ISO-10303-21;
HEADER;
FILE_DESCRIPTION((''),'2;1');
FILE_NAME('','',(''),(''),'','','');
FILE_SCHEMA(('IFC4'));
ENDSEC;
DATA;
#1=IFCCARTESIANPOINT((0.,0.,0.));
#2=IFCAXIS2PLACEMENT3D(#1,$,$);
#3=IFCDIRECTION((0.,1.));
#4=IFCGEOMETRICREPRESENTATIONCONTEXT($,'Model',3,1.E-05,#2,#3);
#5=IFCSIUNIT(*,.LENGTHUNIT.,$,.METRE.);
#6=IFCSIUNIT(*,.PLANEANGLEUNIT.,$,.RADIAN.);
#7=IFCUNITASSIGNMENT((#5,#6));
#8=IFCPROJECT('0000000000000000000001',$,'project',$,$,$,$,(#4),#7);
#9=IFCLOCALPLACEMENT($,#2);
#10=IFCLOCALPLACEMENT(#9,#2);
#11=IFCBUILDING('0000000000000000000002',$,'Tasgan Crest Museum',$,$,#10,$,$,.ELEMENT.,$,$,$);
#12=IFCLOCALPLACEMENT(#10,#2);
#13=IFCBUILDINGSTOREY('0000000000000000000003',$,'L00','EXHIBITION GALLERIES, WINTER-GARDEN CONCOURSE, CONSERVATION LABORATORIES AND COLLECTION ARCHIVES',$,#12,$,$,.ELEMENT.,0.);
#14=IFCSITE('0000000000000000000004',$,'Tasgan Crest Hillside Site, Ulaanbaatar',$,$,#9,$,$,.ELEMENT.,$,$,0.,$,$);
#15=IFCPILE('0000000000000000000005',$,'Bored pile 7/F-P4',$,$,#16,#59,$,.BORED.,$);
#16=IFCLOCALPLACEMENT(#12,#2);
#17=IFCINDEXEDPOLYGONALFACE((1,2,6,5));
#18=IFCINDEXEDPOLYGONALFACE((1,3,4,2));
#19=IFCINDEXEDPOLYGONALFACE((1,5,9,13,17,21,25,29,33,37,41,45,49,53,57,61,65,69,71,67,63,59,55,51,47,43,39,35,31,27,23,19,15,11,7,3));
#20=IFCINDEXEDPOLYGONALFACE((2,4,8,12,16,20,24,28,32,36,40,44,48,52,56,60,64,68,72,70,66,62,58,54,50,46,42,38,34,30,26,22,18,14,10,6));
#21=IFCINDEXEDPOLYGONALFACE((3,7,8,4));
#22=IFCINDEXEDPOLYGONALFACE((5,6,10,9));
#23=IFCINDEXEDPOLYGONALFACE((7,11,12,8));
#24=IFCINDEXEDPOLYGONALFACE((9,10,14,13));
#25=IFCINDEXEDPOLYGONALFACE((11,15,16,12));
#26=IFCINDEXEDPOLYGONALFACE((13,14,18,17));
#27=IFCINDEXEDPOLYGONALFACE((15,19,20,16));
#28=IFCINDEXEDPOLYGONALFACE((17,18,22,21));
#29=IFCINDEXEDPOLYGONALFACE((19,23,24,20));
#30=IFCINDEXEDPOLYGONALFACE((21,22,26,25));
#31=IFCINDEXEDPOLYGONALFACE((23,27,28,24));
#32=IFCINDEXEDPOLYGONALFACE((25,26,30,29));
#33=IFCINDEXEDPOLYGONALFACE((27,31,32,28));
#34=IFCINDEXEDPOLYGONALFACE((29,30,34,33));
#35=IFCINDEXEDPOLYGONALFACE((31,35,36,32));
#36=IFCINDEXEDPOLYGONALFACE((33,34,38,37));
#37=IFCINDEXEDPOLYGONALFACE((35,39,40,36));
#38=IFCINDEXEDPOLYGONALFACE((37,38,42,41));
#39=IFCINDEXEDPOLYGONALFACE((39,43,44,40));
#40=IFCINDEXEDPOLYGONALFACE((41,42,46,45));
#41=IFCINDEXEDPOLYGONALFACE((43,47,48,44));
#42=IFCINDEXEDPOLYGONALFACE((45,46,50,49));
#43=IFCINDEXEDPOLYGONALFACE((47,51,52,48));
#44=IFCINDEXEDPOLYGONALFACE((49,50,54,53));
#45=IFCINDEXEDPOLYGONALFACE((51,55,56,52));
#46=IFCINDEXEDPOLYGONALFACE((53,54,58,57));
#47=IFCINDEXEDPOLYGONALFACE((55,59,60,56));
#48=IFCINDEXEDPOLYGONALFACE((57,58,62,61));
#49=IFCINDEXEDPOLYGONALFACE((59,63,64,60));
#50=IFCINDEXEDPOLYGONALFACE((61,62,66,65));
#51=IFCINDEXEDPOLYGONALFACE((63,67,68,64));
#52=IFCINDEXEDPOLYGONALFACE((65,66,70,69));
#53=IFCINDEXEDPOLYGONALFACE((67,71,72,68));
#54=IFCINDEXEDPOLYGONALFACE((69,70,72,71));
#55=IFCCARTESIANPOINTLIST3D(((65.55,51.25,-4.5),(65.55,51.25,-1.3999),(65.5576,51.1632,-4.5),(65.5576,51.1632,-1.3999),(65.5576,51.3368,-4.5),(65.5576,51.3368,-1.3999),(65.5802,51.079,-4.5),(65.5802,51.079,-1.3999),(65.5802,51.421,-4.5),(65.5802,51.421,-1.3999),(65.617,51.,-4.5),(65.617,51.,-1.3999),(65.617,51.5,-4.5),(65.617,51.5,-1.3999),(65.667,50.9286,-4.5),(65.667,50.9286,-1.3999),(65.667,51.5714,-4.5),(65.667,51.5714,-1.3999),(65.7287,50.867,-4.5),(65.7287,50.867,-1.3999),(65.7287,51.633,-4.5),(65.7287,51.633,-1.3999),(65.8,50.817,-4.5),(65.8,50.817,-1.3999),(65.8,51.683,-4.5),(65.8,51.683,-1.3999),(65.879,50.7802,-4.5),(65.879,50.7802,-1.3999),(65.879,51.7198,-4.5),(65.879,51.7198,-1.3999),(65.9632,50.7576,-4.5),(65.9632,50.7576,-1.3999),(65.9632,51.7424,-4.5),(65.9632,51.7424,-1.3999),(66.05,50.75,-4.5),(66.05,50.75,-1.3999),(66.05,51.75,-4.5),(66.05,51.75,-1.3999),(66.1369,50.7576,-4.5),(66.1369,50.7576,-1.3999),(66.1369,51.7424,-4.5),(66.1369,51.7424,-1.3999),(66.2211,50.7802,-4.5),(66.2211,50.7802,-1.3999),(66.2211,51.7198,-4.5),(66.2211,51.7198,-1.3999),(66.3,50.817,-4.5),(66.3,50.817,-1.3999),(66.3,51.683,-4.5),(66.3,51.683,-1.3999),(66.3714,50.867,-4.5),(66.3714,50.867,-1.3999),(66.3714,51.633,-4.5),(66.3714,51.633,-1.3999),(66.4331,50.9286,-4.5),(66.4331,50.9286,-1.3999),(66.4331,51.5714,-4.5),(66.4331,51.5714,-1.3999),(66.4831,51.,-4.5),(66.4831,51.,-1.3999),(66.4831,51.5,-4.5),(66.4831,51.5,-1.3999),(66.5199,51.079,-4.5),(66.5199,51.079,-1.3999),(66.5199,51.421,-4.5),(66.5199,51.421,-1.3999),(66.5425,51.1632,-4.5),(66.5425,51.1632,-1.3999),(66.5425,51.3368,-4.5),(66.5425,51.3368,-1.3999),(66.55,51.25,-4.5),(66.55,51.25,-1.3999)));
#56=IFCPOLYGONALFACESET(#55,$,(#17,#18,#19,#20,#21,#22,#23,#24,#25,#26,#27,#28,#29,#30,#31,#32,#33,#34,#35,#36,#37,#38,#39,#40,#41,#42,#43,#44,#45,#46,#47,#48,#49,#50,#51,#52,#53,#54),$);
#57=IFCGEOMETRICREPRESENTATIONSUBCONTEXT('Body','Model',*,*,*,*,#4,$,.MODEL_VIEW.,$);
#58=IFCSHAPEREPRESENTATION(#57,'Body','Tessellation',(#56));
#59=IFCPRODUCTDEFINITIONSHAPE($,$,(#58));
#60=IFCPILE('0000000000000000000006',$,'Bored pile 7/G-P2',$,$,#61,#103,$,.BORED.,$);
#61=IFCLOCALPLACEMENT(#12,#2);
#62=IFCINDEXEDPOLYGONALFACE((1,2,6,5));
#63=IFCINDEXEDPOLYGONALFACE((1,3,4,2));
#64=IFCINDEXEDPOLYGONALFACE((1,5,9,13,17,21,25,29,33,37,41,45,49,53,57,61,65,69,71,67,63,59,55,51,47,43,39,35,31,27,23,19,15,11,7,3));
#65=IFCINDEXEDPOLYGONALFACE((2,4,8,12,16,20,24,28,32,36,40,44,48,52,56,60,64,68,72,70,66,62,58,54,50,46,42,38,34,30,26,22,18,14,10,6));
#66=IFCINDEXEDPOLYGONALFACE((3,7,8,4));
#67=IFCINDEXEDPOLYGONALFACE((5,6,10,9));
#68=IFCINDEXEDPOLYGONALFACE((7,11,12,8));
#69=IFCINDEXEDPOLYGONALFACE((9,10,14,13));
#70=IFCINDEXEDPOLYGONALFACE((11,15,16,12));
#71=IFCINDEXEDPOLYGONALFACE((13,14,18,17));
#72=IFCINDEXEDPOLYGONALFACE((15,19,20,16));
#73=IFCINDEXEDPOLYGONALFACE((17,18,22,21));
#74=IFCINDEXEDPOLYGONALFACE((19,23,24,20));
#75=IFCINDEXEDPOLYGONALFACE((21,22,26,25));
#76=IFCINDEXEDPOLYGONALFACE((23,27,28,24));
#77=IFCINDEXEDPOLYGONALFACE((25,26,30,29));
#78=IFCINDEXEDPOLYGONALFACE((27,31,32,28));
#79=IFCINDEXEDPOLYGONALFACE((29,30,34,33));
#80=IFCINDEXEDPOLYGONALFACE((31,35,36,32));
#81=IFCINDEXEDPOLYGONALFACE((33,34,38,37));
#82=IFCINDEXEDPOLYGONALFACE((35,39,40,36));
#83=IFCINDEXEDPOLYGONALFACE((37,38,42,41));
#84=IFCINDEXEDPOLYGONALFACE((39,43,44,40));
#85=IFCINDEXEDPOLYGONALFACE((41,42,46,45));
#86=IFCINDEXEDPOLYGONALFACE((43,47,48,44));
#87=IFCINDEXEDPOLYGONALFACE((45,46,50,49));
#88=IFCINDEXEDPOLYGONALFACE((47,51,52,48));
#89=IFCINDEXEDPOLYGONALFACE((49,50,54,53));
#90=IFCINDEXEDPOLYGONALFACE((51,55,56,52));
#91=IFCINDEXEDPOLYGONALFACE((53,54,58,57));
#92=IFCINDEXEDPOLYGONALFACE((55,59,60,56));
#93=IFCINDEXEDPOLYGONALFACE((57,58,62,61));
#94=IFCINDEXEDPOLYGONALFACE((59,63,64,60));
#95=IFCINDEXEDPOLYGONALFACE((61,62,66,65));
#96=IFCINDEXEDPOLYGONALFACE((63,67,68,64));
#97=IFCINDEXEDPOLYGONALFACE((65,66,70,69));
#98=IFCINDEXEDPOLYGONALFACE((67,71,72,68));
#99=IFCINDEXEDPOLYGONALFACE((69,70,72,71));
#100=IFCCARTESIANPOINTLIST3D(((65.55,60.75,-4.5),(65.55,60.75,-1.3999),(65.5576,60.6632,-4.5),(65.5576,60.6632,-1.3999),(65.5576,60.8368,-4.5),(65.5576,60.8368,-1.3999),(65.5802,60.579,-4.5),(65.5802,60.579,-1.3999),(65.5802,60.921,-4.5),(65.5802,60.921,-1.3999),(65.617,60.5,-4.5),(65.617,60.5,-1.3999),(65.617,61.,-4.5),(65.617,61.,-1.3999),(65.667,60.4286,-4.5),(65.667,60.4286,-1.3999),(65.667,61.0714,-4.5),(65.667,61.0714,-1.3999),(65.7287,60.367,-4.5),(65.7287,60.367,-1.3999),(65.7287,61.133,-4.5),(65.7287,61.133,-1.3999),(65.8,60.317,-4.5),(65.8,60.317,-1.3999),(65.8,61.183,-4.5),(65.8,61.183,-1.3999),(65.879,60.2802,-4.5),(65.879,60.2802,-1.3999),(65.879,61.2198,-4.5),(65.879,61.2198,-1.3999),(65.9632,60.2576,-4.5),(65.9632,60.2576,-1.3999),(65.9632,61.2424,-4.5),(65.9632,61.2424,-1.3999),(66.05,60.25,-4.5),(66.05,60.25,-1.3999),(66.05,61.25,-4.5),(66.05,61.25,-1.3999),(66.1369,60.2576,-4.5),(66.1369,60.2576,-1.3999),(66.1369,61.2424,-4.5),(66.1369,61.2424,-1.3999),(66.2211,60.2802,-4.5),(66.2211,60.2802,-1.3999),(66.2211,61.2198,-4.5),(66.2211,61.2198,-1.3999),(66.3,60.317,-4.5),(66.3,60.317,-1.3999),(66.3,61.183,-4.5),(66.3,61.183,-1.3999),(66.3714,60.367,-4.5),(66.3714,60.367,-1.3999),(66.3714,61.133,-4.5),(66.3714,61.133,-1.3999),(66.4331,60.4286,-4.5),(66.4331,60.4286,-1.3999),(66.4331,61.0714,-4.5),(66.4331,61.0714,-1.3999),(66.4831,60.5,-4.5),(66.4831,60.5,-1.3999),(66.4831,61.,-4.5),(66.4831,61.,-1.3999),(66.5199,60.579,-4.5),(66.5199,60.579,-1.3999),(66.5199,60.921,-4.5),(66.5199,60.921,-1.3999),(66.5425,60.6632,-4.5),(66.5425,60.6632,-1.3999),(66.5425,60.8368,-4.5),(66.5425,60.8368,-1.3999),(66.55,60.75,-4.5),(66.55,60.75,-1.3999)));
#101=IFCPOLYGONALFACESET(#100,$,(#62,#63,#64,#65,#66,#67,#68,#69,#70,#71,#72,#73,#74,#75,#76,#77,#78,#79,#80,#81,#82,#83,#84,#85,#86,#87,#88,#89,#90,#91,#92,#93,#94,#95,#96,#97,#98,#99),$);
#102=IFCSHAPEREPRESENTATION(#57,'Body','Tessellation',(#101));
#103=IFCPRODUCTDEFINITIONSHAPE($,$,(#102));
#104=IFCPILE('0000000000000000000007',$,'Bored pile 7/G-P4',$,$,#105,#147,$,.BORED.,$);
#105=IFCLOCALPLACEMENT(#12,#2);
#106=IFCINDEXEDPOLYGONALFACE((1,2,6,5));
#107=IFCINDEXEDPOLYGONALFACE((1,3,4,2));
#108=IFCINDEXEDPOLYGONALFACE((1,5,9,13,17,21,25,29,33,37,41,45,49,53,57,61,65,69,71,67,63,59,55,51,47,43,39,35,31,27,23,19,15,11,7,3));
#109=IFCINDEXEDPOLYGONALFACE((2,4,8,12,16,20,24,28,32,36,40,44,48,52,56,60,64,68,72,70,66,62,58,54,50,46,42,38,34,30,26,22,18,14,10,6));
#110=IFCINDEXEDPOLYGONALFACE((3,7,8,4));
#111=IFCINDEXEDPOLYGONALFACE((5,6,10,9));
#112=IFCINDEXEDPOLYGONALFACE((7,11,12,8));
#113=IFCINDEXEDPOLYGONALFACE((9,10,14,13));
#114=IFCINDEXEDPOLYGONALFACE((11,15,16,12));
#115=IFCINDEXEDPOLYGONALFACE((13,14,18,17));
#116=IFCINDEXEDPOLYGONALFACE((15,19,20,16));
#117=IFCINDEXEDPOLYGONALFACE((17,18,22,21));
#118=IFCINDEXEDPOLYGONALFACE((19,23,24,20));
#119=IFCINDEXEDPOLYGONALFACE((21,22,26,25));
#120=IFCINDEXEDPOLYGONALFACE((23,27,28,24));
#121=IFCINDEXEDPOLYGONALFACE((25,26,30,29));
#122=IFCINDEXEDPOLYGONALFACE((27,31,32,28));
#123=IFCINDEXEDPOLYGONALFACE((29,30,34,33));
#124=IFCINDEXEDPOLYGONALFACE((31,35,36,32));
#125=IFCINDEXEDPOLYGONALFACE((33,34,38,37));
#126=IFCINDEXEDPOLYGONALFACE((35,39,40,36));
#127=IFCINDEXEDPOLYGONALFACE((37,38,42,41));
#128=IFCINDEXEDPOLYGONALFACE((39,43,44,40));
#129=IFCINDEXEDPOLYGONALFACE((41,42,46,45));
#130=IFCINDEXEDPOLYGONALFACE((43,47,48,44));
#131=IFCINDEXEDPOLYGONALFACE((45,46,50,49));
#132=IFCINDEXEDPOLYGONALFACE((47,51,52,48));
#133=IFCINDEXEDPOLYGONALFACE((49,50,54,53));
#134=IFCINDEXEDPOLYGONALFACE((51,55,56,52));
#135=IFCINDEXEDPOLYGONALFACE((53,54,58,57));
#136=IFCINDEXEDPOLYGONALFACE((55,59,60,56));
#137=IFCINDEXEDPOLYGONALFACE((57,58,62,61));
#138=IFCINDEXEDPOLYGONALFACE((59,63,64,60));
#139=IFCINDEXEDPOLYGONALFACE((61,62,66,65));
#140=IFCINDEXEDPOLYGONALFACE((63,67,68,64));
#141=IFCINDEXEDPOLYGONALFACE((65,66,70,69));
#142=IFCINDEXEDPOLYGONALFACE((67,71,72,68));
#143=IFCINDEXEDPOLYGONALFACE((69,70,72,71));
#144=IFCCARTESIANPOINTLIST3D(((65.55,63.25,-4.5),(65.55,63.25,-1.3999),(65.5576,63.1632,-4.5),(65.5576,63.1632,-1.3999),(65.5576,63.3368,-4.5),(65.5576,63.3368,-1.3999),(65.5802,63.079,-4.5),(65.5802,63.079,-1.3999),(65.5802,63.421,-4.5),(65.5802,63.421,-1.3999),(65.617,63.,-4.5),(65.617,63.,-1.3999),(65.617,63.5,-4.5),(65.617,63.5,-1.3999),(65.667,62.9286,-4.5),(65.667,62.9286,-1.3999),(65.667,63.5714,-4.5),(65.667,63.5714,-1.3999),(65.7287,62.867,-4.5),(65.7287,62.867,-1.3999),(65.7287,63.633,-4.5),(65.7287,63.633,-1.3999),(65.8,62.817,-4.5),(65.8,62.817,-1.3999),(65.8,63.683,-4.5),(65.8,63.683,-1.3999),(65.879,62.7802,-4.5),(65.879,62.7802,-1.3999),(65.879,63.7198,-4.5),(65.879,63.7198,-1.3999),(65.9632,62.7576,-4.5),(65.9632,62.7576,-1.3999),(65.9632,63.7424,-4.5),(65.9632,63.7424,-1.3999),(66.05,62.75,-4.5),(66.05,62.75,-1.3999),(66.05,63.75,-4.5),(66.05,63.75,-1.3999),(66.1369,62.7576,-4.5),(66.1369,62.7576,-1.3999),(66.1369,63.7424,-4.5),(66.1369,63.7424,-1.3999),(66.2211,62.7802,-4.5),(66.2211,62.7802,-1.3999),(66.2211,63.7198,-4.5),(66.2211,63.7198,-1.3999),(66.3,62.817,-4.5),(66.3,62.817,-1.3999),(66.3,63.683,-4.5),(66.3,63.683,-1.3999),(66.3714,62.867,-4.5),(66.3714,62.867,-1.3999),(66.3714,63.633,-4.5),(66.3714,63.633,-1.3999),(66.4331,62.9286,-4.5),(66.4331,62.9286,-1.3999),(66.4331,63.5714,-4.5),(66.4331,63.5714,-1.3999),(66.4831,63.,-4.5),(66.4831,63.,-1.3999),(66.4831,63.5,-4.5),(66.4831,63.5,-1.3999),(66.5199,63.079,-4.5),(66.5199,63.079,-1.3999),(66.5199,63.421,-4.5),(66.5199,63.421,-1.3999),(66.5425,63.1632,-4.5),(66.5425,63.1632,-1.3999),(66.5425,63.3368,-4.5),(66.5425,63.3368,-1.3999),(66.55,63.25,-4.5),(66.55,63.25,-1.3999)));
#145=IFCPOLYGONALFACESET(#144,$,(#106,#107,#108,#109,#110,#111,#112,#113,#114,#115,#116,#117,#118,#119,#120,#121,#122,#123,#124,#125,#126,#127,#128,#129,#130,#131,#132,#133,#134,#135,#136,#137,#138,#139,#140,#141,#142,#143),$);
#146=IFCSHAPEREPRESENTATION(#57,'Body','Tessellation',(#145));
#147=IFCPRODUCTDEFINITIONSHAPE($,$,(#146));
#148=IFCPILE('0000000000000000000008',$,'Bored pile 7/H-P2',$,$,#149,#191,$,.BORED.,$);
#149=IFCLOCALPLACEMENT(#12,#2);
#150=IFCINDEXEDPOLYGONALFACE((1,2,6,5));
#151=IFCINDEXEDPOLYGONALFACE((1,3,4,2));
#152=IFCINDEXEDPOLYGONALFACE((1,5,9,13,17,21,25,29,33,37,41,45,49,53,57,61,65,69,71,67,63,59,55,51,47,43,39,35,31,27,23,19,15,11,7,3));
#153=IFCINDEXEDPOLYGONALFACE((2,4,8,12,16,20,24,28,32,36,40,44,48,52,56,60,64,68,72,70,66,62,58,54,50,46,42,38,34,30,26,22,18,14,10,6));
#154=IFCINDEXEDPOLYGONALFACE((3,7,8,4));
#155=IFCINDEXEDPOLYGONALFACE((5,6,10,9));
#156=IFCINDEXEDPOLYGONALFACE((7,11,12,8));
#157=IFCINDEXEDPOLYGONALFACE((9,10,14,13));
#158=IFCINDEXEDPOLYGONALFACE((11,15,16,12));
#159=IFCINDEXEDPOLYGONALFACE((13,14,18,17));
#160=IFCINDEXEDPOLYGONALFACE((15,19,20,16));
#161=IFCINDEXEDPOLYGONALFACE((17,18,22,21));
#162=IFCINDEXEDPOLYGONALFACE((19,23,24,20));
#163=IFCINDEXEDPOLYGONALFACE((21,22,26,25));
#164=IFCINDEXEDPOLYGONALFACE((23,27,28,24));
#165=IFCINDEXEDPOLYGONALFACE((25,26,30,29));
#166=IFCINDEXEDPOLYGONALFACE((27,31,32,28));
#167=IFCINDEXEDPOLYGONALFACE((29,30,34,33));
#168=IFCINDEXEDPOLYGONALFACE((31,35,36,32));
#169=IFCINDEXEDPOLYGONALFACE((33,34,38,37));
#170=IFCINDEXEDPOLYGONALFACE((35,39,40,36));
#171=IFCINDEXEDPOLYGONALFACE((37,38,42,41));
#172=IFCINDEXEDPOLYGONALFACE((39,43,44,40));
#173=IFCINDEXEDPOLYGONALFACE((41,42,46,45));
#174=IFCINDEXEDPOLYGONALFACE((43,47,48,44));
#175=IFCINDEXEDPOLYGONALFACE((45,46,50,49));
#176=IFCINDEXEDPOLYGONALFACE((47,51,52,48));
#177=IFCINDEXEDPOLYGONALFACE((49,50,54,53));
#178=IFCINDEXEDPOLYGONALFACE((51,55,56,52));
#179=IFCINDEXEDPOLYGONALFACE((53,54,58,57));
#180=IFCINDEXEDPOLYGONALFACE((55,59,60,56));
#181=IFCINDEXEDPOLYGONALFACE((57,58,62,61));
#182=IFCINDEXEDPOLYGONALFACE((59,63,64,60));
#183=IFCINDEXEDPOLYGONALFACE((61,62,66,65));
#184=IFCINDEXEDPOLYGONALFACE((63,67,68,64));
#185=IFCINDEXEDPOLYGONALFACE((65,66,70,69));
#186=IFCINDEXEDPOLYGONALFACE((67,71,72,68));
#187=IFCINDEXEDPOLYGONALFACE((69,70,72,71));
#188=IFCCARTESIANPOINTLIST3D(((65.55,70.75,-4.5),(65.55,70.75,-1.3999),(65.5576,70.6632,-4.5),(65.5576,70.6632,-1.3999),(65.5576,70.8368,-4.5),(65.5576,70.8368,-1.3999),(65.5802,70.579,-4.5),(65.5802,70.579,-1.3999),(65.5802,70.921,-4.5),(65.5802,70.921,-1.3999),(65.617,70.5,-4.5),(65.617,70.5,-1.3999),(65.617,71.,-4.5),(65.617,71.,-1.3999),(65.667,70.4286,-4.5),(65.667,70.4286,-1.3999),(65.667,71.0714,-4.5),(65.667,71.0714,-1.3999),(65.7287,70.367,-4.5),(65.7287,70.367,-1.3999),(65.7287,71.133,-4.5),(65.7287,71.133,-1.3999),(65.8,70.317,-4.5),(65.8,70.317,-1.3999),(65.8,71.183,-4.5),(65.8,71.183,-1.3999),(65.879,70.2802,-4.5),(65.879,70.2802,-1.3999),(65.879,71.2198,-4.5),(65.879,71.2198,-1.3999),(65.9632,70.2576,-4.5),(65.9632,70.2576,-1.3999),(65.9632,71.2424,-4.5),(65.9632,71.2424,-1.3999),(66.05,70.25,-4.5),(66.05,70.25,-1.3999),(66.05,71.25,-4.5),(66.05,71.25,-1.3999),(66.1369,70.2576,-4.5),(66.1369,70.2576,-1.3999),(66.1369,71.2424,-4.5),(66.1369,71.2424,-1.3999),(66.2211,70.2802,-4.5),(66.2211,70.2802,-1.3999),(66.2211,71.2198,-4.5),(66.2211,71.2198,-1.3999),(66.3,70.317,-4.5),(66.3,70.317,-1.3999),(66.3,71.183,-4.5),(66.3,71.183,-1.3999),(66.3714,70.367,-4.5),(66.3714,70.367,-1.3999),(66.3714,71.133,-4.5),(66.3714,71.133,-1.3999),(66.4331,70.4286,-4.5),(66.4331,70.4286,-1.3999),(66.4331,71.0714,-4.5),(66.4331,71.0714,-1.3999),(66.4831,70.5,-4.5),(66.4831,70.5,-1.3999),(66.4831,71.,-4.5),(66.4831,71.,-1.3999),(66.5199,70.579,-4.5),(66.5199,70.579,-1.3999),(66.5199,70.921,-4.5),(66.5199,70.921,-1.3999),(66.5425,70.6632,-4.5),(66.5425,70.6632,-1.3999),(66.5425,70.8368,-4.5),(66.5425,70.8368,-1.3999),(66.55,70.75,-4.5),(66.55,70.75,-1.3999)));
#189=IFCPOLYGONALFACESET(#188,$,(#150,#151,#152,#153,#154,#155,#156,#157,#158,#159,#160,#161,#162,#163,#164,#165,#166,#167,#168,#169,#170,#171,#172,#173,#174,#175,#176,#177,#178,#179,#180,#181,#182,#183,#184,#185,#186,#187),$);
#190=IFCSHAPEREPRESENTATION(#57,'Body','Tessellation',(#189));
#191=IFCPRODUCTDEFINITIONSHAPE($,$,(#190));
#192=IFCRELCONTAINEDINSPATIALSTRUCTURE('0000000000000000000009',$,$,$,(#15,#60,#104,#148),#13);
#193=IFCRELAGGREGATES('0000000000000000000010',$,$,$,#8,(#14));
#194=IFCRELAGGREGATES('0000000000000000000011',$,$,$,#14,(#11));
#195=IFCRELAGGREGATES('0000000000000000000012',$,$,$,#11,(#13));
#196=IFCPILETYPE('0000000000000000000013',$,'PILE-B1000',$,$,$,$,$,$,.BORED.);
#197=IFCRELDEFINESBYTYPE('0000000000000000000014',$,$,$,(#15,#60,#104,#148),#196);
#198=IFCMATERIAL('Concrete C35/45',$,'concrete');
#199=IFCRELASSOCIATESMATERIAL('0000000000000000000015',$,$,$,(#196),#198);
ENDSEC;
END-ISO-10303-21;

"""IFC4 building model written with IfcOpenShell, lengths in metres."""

from ifc_helpers import new_model, si_unit, direction, frame, origin, origin_2d, place, context, subcontext, project, spatial, circle, extrude, material, material_profile, profile_set, type_object, element, save


model = new_model("IFC4")

# Units and contexts
model_context = context("Model", 3, precision=1e-05, world=origin(), true_north=direction((0.0, 1.0)))
body_context = subcontext(model_context, "Body", "Model", "MODEL_VIEW")
ifc_project = project(units=[si_unit("LENGTHUNIT", "METRE"), si_unit("PLANEANGLEUNIT", "RADIAN")], contexts=[model_context])

# Site, building, storey
site_placement = place(None, origin())
site = spatial("IfcSite", under=ifc_project, at=site_placement, Name="Tasgan Crest Hillside Site, Ulaanbaatar", CompositionType="ELEMENT", RefElevation=0.0)
building_placement = place(site_placement, origin())
building = spatial("IfcBuilding", under=site, at=building_placement, Name="Tasgan Crest Museum", CompositionType="ELEMENT")
storey_placement = place(building_placement, origin())
storey = spatial("IfcBuildingStorey", under=building, at=storey_placement, Name="L00", Description="EXHIBITION GALLERIES, WINTER-GARDEN CONCOURSE, CONSERVATION LABORATORIES AND COLLECTION ARCHIVES", CompositionType="ELEMENT", Elevation=0.0)

# Piles
ifc_material_1 = material(Name="Concrete C35/45", Category="concrete")
ifc_material_profile_1 = material_profile(ifc_material_1, circle(Radius=0.5, at=origin_2d()), Name="PILE D1000")
ifc_profile_set_1 = profile_set([ifc_material_profile_1], Name="Concrete C35/45")
pile_type_1 = type_object("IfcPileType", Name="PILE-B1000", PredefinedType="BORED", material=ifc_profile_set_1)
for number, where, z_axis, x_axis, name in (
    (1, (66.05, 51.25, -1.3999), (0.0, 0.0, -1.0), (1.0, 0.0, 0.0), "Bored pile 7/F-P4"),
    (2, (66.05, 60.75, -1.3999), (0.0, 0.0, -1.0), (1.0, 0.0, 0.0), "Bored pile 7/G-P2"),
    (3, (66.05, 63.25, -1.3999), (0.0, 0.0, -1.0), (1.0, 0.0, 0.0), "Bored pile 7/G-P4"),
    (4, (66.05, 70.75, -1.3999), (0.0, 0.0, -1.0), (1.0, 0.0, 0.0), "Bored pile 7/H-P2"),
):
    element("IfcPile", number, at=place(storey_placement, frame(where, z_axis=z_axis, x_axis=x_axis)), inside=storey, type_object=pile_type_1, Name=name, PredefinedType="BORED", context=body_context, shape_type="SweptSolid", body=[
        extrude(circle(Radius=0.5, at=origin_2d()), origin(), (0.0, 0.0, 1.0), 3.1001),
    ])

save(model, "model.ifc")
